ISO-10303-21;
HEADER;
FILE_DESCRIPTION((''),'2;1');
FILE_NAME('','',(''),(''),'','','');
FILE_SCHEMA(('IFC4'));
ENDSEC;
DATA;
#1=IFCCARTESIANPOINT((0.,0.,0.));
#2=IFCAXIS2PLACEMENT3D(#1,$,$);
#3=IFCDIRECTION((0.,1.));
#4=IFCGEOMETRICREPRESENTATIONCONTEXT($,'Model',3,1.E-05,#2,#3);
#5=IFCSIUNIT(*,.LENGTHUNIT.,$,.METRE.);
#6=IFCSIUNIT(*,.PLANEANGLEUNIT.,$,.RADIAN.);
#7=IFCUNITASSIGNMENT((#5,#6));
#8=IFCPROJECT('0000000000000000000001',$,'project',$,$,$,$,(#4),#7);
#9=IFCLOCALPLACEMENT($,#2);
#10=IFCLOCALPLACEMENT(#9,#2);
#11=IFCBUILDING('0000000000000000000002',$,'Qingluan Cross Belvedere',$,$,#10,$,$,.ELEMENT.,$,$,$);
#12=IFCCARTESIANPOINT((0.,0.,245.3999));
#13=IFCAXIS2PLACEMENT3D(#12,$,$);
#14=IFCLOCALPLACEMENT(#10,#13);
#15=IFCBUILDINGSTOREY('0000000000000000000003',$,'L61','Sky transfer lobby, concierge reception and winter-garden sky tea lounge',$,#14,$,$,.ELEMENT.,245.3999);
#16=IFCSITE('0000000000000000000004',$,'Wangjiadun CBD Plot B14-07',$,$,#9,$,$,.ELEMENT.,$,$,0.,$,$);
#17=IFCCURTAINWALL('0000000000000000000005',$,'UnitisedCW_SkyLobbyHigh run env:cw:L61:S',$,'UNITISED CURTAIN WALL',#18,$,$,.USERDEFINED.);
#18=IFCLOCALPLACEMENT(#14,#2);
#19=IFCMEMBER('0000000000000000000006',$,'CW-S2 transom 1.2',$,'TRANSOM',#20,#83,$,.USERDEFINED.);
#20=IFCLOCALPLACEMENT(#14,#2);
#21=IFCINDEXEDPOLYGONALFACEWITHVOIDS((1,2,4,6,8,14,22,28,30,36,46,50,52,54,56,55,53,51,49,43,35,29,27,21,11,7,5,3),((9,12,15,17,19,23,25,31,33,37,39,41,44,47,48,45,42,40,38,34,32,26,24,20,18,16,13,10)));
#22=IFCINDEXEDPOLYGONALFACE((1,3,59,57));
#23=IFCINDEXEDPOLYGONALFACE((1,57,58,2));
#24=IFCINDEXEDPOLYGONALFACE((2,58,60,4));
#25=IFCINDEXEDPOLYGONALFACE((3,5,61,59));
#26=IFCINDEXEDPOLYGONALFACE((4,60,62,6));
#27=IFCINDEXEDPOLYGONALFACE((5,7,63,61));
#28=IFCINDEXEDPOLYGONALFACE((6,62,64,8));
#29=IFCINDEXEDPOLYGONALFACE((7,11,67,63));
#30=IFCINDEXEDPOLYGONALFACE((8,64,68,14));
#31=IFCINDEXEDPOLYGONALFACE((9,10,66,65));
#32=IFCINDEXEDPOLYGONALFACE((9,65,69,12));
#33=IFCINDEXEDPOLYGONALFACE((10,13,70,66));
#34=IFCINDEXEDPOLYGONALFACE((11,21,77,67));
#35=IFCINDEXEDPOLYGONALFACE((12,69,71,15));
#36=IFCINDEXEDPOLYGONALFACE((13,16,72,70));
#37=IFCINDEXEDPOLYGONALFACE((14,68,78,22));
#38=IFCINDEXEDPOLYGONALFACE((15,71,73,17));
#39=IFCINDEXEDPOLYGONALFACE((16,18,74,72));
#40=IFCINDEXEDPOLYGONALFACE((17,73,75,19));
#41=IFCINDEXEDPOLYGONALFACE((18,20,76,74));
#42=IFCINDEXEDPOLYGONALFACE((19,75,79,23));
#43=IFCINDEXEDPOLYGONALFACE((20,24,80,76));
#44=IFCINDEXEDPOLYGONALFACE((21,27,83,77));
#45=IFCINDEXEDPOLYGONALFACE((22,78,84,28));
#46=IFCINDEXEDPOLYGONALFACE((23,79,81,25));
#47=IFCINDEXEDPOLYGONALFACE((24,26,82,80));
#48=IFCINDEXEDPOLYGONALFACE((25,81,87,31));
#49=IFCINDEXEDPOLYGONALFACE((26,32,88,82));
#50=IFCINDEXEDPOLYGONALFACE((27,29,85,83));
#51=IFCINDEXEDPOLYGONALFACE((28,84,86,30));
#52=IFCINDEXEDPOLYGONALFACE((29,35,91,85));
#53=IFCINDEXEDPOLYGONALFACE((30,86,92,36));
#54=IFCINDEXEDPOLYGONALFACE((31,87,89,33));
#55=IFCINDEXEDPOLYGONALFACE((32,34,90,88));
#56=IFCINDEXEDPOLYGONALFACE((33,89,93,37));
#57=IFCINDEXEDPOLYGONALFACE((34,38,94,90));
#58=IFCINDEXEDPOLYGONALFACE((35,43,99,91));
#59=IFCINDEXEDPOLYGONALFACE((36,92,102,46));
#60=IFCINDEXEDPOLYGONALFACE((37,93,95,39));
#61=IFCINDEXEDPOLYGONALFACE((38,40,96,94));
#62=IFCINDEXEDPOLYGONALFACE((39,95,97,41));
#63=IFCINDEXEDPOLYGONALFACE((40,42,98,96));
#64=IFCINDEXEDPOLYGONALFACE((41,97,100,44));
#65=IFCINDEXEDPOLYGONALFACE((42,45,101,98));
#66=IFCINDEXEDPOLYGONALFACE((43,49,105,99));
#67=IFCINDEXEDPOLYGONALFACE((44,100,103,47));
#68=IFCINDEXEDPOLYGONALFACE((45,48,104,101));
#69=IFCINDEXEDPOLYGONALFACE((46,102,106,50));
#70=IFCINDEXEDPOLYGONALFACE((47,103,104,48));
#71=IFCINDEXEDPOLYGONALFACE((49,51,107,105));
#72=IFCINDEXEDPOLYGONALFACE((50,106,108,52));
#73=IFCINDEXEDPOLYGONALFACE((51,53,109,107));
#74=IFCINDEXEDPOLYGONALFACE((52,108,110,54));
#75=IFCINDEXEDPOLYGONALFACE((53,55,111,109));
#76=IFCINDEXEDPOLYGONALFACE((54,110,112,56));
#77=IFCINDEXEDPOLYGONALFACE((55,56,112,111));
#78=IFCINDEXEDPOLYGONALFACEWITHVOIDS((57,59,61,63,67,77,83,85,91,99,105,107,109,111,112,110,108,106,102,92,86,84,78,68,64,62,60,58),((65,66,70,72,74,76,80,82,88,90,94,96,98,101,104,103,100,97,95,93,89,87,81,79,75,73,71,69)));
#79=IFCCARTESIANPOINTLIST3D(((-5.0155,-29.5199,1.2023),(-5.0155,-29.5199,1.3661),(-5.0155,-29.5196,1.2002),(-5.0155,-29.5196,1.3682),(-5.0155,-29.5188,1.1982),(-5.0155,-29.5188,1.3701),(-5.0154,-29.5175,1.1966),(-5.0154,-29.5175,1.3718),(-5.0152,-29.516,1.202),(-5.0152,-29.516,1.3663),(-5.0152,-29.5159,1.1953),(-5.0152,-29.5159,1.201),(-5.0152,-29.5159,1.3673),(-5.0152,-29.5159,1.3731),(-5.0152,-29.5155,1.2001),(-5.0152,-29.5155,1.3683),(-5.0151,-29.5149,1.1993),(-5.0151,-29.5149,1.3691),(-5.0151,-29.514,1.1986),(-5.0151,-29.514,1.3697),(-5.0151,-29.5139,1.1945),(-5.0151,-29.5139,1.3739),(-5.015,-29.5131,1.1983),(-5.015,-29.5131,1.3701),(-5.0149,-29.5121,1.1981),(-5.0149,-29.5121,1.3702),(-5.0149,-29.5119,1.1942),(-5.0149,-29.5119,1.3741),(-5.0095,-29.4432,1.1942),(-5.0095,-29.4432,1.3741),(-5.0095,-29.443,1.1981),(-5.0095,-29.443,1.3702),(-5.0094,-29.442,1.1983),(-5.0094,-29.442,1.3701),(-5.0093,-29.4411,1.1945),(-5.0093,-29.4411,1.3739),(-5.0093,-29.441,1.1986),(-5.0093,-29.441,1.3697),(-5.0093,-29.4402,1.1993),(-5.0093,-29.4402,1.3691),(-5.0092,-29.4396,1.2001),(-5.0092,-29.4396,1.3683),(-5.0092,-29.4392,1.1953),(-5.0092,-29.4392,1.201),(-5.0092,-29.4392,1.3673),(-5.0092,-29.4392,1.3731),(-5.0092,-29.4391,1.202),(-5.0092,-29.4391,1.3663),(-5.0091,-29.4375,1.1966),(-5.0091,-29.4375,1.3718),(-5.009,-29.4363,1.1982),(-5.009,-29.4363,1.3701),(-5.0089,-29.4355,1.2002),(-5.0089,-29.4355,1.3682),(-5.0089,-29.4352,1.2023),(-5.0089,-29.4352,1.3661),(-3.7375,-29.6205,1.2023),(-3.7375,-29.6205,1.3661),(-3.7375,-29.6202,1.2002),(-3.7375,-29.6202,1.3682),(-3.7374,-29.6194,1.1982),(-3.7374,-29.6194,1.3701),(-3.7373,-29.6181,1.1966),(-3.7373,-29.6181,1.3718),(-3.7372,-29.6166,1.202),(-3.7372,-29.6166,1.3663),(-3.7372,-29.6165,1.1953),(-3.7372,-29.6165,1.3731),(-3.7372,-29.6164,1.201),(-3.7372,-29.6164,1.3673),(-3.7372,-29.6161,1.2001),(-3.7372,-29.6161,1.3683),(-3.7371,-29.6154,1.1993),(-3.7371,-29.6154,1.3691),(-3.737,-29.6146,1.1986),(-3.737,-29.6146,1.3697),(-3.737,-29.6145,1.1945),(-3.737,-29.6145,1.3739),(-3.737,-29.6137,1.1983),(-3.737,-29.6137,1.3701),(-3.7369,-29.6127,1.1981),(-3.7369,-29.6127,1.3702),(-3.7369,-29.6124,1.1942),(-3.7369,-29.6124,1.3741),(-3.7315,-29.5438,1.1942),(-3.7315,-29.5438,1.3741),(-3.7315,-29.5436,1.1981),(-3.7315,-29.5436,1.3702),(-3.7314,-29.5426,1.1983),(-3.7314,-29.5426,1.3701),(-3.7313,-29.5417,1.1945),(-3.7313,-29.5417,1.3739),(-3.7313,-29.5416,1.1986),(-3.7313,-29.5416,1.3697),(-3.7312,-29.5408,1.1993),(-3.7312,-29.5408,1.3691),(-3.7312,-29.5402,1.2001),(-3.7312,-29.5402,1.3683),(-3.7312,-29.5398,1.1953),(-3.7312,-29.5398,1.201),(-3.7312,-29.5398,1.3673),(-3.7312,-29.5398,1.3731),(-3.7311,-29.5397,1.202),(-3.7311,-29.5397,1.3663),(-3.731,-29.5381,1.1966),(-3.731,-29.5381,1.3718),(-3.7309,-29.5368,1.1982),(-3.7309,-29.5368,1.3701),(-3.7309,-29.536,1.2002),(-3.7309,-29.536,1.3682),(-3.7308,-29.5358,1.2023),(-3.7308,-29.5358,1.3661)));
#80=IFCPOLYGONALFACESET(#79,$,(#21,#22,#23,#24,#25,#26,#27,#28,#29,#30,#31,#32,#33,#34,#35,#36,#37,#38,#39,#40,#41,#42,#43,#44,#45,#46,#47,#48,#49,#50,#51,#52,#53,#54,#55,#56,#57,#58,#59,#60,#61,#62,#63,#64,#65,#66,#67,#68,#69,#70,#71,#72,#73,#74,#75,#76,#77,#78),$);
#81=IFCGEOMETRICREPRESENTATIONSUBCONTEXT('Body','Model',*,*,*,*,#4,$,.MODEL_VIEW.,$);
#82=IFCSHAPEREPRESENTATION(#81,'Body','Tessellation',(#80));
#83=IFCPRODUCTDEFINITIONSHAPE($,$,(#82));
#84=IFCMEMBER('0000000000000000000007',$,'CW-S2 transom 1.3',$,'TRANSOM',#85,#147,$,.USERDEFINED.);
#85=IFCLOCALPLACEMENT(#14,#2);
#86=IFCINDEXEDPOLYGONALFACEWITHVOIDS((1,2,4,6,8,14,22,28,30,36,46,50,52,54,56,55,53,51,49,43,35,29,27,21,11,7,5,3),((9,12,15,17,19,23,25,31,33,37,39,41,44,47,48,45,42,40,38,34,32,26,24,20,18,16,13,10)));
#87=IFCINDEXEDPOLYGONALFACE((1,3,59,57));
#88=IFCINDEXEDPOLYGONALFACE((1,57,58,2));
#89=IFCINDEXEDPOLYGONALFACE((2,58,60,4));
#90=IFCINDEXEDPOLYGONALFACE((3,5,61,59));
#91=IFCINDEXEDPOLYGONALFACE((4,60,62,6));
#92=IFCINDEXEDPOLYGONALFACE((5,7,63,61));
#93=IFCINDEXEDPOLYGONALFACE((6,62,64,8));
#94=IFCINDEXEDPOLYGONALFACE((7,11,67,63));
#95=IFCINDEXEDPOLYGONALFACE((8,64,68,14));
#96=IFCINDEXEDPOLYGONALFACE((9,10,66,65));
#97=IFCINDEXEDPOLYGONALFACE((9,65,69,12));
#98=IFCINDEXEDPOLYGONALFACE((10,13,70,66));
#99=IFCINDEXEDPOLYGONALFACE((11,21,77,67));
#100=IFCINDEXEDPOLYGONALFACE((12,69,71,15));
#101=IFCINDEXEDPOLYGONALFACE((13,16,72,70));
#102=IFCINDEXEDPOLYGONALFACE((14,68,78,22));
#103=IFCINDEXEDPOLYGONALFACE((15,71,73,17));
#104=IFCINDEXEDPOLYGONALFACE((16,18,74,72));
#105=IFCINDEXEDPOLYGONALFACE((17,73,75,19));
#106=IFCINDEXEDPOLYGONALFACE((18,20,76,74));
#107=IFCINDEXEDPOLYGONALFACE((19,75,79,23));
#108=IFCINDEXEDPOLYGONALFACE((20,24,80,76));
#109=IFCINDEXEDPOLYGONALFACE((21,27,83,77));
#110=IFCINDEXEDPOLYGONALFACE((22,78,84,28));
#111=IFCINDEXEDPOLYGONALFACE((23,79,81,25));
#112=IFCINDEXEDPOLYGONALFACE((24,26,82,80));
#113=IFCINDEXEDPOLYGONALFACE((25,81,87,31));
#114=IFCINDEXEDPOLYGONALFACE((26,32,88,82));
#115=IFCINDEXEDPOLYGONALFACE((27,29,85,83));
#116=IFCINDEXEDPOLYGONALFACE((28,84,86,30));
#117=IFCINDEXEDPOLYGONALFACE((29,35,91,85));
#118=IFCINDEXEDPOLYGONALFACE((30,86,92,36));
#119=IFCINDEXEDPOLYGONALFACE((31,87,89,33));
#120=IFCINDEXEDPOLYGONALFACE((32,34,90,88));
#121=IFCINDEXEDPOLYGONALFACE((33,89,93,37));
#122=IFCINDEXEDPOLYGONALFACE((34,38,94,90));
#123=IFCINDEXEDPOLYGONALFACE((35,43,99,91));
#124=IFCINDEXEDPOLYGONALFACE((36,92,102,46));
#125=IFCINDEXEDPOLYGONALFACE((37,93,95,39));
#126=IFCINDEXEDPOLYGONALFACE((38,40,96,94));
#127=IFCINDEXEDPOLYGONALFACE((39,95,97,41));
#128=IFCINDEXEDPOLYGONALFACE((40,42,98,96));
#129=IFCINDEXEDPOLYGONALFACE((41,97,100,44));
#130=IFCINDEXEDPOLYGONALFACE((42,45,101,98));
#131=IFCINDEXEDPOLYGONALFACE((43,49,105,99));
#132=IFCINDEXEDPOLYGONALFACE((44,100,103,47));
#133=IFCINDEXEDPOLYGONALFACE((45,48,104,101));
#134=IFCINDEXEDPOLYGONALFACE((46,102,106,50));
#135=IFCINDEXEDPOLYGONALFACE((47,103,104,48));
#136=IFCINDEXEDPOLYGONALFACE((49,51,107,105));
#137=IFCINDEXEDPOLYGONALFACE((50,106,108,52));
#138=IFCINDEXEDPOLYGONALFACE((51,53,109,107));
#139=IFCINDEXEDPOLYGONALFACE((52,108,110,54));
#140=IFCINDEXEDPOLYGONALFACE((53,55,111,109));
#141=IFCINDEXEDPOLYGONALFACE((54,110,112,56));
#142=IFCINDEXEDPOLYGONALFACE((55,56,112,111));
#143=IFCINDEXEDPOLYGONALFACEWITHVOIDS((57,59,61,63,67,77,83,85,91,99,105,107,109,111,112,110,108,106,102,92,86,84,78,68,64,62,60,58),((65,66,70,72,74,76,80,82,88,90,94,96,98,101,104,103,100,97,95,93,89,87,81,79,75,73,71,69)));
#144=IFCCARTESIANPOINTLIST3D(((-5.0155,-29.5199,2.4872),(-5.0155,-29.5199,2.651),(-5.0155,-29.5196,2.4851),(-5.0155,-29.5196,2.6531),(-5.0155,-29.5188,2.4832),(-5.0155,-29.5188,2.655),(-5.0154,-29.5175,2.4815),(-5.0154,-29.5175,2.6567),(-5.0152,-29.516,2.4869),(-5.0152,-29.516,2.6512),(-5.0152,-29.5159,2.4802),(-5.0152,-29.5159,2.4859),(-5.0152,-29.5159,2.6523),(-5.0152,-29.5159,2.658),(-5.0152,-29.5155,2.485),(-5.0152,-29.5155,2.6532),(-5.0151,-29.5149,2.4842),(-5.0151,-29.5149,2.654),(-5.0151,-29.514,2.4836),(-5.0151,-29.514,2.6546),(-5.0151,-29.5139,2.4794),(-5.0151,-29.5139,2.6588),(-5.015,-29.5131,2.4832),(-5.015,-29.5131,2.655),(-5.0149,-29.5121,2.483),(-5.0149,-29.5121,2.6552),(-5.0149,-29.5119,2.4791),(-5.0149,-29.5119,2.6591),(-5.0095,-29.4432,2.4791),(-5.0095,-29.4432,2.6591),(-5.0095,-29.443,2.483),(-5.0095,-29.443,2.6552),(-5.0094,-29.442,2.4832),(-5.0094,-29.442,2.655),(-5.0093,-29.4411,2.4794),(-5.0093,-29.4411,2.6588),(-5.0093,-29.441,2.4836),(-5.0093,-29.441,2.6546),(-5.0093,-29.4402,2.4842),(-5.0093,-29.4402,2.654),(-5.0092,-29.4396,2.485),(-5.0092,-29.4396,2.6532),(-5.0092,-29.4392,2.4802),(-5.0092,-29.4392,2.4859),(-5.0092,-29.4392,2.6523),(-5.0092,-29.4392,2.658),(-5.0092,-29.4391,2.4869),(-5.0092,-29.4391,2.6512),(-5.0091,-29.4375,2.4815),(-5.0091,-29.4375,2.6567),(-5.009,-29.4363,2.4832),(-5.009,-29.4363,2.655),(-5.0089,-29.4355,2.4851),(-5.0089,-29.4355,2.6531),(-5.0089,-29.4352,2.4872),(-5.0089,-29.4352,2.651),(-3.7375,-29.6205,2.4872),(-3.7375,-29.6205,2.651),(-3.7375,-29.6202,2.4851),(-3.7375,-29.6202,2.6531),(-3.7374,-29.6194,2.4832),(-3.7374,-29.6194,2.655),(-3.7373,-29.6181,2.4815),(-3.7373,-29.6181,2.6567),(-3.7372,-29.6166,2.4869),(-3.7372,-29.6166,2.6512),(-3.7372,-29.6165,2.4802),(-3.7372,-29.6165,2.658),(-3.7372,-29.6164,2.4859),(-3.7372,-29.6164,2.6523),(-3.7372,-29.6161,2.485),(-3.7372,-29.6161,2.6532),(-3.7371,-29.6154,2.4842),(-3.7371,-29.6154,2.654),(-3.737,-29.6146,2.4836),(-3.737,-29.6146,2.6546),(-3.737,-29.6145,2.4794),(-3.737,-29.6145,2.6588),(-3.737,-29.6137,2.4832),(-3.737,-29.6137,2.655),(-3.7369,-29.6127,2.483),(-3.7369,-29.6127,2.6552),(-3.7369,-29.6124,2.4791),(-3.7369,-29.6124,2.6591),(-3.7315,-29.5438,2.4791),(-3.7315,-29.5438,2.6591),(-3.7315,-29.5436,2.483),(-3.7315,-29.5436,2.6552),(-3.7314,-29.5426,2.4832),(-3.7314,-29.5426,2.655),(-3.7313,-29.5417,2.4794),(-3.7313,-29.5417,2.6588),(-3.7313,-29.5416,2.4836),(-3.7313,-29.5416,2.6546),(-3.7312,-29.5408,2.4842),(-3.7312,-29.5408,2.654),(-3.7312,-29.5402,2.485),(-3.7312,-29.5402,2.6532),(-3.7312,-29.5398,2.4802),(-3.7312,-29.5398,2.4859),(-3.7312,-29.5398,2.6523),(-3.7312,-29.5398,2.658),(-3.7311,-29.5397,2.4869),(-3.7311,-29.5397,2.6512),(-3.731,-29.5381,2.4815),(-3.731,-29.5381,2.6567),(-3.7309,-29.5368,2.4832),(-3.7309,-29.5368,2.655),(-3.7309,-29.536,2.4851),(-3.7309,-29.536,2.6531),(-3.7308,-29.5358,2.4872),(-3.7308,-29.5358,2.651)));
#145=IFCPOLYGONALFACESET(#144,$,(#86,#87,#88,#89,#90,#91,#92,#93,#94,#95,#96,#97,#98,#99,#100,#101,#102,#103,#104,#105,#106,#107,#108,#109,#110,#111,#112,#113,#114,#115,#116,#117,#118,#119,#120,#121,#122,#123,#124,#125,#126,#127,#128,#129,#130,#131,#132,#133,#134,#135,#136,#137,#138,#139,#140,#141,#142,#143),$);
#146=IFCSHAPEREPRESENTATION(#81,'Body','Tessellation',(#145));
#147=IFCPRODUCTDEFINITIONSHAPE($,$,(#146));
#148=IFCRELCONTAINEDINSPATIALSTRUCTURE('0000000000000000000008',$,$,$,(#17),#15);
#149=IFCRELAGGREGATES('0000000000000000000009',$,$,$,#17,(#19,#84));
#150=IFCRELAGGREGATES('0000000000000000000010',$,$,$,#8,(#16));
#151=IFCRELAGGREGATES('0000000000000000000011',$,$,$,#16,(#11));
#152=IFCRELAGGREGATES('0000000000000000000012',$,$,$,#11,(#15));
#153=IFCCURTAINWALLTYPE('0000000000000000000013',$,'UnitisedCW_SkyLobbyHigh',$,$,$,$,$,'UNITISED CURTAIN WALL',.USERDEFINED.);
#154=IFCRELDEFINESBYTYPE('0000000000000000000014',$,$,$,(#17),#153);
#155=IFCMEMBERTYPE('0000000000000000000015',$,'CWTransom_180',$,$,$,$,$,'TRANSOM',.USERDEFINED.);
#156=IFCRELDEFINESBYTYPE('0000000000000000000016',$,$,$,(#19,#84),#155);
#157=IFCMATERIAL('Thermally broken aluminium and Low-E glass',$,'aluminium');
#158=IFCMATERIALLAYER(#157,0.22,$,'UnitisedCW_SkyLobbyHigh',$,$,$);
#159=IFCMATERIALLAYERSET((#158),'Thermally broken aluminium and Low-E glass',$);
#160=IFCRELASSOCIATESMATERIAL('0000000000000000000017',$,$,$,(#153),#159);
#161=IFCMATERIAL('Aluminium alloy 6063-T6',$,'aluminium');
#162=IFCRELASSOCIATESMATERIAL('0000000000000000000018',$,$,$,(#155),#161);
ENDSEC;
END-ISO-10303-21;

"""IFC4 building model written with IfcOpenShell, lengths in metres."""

from ifc_helpers import new_model, si_unit, direction, frame, origin, origin_2d, place, context, subcontext, project, spatial, hollow_rectangle, extrude, material, layer, layer_set, material_profile, profile_set, type_object, element, aggregate, save


model = new_model("IFC4")

# Units and contexts
model_context = context("Model", 3, precision=1e-05, world=origin(), true_north=direction((0.0, 1.0)))
body_context = subcontext(model_context, "Body", "Model", "MODEL_VIEW")
ifc_project = project(units=[si_unit("LENGTHUNIT", "METRE"), si_unit("PLANEANGLEUNIT", "RADIAN")], contexts=[model_context])

# Site, building, storey
site_placement = place(None, origin())
site = spatial("IfcSite", under=ifc_project, at=site_placement, Name="Wangjiadun CBD Plot B14-07", CompositionType="ELEMENT", RefElevation=0.0)
building_placement = place(site_placement, origin())
building = spatial("IfcBuilding", under=site, at=building_placement, Name="Qingluan Cross Belvedere", CompositionType="ELEMENT")
storey_placement = place(building_placement, frame((0.0, 0.0, 245.3999)))
storey = spatial("IfcBuildingStorey", under=building, at=storey_placement, Name="L61", Description="Sky transfer lobby, concierge reception and winter-garden sky tea lounge", CompositionType="ELEMENT", Elevation=245.3999)

# Curtain wall, members
ifc_material_1 = material(Name="Thermally broken aluminium and Low-E glass", Category="aluminium")
ifc_layer_1 = layer(ifc_material_1, 0.22, Name="UnitisedCW_SkyLobbyHigh")
ifc_layer_set_1 = layer_set([ifc_layer_1], Name="Thermally broken aluminium and Low-E glass")
curtain_wall_type = type_object("IfcCurtainWallType", Name="UnitisedCW_SkyLobbyHigh", ElementType="UNITISED CURTAIN WALL", PredefinedType="USERDEFINED", material=ifc_layer_set_1)
curtain_wall_placement = place(storey_placement, origin())
curtain_wall = element("IfcCurtainWall", 1, at=curtain_wall_placement, inside=storey, type_object=curtain_wall_type, Name="UnitisedCW_SkyLobbyHigh run env:cw:L61:S", ObjectType="UNITISED CURTAIN WALL", PredefinedType="USERDEFINED")
ifc_material_2 = material(Name="Aluminium alloy 6063-T6", Category="aluminium")
ifc_material_profile_1 = material_profile(ifc_material_2, hollow_rectangle(XDim=0.085, YDim=0.1799, WallThickness=0.0039, InnerFilletRadius=0.0039, OuterFilletRadius=0.0081, at=origin_2d()), Name="CWT180x85x4")
ifc_profile_set_1 = profile_set([ifc_material_profile_1], Name="Aluminium alloy 6063-T6")
member_type_1 = type_object("IfcMemberType", Name="CWTransom_180", ElementType="TRANSOM", PredefinedType="USERDEFINED", material=ifc_profile_set_1)
member_1_placement = place(storey_placement, frame((-5.0122, -29.4775, 1.2842), z_axis=(0.996917, -0.078458, 0.0), x_axis=(0.078458, 0.996917, 0.0)))
member_1 = element("IfcMember", 2, at=member_1_placement, type_object=member_type_1, Name="CW-S2 transom 1.2", ObjectType="TRANSOM", PredefinedType="USERDEFINED", context=body_context, shape_type="SweptSolid", body=[
    extrude(hollow_rectangle(XDim=0.085, YDim=0.1799, WallThickness=0.0039, InnerFilletRadius=0.0039, OuterFilletRadius=0.0081, at=origin_2d()), origin(), (0.0, 0.0, 1.0), 1.282),
])
member_2_placement = place(storey_placement, frame((-5.0122, -29.4775, 2.5691), z_axis=(0.996917, -0.078458, 0.0), x_axis=(0.078458, 0.996917, 0.0)))
member_2 = element("IfcMember", 3, at=member_2_placement, type_object=member_type_1, Name="CW-S2 transom 1.3", ObjectType="TRANSOM", PredefinedType="USERDEFINED", context=body_context, shape_type="SweptSolid", body=[
    extrude(hollow_rectangle(XDim=0.085, YDim=0.1799, WallThickness=0.0039, InnerFilletRadius=0.0039, OuterFilletRadius=0.0081, at=origin_2d()), origin(), (0.0, 0.0, 1.0), 1.282),
])
aggregate(curtain_wall, [member_1, member_2])

save(model, "model.ifc")
